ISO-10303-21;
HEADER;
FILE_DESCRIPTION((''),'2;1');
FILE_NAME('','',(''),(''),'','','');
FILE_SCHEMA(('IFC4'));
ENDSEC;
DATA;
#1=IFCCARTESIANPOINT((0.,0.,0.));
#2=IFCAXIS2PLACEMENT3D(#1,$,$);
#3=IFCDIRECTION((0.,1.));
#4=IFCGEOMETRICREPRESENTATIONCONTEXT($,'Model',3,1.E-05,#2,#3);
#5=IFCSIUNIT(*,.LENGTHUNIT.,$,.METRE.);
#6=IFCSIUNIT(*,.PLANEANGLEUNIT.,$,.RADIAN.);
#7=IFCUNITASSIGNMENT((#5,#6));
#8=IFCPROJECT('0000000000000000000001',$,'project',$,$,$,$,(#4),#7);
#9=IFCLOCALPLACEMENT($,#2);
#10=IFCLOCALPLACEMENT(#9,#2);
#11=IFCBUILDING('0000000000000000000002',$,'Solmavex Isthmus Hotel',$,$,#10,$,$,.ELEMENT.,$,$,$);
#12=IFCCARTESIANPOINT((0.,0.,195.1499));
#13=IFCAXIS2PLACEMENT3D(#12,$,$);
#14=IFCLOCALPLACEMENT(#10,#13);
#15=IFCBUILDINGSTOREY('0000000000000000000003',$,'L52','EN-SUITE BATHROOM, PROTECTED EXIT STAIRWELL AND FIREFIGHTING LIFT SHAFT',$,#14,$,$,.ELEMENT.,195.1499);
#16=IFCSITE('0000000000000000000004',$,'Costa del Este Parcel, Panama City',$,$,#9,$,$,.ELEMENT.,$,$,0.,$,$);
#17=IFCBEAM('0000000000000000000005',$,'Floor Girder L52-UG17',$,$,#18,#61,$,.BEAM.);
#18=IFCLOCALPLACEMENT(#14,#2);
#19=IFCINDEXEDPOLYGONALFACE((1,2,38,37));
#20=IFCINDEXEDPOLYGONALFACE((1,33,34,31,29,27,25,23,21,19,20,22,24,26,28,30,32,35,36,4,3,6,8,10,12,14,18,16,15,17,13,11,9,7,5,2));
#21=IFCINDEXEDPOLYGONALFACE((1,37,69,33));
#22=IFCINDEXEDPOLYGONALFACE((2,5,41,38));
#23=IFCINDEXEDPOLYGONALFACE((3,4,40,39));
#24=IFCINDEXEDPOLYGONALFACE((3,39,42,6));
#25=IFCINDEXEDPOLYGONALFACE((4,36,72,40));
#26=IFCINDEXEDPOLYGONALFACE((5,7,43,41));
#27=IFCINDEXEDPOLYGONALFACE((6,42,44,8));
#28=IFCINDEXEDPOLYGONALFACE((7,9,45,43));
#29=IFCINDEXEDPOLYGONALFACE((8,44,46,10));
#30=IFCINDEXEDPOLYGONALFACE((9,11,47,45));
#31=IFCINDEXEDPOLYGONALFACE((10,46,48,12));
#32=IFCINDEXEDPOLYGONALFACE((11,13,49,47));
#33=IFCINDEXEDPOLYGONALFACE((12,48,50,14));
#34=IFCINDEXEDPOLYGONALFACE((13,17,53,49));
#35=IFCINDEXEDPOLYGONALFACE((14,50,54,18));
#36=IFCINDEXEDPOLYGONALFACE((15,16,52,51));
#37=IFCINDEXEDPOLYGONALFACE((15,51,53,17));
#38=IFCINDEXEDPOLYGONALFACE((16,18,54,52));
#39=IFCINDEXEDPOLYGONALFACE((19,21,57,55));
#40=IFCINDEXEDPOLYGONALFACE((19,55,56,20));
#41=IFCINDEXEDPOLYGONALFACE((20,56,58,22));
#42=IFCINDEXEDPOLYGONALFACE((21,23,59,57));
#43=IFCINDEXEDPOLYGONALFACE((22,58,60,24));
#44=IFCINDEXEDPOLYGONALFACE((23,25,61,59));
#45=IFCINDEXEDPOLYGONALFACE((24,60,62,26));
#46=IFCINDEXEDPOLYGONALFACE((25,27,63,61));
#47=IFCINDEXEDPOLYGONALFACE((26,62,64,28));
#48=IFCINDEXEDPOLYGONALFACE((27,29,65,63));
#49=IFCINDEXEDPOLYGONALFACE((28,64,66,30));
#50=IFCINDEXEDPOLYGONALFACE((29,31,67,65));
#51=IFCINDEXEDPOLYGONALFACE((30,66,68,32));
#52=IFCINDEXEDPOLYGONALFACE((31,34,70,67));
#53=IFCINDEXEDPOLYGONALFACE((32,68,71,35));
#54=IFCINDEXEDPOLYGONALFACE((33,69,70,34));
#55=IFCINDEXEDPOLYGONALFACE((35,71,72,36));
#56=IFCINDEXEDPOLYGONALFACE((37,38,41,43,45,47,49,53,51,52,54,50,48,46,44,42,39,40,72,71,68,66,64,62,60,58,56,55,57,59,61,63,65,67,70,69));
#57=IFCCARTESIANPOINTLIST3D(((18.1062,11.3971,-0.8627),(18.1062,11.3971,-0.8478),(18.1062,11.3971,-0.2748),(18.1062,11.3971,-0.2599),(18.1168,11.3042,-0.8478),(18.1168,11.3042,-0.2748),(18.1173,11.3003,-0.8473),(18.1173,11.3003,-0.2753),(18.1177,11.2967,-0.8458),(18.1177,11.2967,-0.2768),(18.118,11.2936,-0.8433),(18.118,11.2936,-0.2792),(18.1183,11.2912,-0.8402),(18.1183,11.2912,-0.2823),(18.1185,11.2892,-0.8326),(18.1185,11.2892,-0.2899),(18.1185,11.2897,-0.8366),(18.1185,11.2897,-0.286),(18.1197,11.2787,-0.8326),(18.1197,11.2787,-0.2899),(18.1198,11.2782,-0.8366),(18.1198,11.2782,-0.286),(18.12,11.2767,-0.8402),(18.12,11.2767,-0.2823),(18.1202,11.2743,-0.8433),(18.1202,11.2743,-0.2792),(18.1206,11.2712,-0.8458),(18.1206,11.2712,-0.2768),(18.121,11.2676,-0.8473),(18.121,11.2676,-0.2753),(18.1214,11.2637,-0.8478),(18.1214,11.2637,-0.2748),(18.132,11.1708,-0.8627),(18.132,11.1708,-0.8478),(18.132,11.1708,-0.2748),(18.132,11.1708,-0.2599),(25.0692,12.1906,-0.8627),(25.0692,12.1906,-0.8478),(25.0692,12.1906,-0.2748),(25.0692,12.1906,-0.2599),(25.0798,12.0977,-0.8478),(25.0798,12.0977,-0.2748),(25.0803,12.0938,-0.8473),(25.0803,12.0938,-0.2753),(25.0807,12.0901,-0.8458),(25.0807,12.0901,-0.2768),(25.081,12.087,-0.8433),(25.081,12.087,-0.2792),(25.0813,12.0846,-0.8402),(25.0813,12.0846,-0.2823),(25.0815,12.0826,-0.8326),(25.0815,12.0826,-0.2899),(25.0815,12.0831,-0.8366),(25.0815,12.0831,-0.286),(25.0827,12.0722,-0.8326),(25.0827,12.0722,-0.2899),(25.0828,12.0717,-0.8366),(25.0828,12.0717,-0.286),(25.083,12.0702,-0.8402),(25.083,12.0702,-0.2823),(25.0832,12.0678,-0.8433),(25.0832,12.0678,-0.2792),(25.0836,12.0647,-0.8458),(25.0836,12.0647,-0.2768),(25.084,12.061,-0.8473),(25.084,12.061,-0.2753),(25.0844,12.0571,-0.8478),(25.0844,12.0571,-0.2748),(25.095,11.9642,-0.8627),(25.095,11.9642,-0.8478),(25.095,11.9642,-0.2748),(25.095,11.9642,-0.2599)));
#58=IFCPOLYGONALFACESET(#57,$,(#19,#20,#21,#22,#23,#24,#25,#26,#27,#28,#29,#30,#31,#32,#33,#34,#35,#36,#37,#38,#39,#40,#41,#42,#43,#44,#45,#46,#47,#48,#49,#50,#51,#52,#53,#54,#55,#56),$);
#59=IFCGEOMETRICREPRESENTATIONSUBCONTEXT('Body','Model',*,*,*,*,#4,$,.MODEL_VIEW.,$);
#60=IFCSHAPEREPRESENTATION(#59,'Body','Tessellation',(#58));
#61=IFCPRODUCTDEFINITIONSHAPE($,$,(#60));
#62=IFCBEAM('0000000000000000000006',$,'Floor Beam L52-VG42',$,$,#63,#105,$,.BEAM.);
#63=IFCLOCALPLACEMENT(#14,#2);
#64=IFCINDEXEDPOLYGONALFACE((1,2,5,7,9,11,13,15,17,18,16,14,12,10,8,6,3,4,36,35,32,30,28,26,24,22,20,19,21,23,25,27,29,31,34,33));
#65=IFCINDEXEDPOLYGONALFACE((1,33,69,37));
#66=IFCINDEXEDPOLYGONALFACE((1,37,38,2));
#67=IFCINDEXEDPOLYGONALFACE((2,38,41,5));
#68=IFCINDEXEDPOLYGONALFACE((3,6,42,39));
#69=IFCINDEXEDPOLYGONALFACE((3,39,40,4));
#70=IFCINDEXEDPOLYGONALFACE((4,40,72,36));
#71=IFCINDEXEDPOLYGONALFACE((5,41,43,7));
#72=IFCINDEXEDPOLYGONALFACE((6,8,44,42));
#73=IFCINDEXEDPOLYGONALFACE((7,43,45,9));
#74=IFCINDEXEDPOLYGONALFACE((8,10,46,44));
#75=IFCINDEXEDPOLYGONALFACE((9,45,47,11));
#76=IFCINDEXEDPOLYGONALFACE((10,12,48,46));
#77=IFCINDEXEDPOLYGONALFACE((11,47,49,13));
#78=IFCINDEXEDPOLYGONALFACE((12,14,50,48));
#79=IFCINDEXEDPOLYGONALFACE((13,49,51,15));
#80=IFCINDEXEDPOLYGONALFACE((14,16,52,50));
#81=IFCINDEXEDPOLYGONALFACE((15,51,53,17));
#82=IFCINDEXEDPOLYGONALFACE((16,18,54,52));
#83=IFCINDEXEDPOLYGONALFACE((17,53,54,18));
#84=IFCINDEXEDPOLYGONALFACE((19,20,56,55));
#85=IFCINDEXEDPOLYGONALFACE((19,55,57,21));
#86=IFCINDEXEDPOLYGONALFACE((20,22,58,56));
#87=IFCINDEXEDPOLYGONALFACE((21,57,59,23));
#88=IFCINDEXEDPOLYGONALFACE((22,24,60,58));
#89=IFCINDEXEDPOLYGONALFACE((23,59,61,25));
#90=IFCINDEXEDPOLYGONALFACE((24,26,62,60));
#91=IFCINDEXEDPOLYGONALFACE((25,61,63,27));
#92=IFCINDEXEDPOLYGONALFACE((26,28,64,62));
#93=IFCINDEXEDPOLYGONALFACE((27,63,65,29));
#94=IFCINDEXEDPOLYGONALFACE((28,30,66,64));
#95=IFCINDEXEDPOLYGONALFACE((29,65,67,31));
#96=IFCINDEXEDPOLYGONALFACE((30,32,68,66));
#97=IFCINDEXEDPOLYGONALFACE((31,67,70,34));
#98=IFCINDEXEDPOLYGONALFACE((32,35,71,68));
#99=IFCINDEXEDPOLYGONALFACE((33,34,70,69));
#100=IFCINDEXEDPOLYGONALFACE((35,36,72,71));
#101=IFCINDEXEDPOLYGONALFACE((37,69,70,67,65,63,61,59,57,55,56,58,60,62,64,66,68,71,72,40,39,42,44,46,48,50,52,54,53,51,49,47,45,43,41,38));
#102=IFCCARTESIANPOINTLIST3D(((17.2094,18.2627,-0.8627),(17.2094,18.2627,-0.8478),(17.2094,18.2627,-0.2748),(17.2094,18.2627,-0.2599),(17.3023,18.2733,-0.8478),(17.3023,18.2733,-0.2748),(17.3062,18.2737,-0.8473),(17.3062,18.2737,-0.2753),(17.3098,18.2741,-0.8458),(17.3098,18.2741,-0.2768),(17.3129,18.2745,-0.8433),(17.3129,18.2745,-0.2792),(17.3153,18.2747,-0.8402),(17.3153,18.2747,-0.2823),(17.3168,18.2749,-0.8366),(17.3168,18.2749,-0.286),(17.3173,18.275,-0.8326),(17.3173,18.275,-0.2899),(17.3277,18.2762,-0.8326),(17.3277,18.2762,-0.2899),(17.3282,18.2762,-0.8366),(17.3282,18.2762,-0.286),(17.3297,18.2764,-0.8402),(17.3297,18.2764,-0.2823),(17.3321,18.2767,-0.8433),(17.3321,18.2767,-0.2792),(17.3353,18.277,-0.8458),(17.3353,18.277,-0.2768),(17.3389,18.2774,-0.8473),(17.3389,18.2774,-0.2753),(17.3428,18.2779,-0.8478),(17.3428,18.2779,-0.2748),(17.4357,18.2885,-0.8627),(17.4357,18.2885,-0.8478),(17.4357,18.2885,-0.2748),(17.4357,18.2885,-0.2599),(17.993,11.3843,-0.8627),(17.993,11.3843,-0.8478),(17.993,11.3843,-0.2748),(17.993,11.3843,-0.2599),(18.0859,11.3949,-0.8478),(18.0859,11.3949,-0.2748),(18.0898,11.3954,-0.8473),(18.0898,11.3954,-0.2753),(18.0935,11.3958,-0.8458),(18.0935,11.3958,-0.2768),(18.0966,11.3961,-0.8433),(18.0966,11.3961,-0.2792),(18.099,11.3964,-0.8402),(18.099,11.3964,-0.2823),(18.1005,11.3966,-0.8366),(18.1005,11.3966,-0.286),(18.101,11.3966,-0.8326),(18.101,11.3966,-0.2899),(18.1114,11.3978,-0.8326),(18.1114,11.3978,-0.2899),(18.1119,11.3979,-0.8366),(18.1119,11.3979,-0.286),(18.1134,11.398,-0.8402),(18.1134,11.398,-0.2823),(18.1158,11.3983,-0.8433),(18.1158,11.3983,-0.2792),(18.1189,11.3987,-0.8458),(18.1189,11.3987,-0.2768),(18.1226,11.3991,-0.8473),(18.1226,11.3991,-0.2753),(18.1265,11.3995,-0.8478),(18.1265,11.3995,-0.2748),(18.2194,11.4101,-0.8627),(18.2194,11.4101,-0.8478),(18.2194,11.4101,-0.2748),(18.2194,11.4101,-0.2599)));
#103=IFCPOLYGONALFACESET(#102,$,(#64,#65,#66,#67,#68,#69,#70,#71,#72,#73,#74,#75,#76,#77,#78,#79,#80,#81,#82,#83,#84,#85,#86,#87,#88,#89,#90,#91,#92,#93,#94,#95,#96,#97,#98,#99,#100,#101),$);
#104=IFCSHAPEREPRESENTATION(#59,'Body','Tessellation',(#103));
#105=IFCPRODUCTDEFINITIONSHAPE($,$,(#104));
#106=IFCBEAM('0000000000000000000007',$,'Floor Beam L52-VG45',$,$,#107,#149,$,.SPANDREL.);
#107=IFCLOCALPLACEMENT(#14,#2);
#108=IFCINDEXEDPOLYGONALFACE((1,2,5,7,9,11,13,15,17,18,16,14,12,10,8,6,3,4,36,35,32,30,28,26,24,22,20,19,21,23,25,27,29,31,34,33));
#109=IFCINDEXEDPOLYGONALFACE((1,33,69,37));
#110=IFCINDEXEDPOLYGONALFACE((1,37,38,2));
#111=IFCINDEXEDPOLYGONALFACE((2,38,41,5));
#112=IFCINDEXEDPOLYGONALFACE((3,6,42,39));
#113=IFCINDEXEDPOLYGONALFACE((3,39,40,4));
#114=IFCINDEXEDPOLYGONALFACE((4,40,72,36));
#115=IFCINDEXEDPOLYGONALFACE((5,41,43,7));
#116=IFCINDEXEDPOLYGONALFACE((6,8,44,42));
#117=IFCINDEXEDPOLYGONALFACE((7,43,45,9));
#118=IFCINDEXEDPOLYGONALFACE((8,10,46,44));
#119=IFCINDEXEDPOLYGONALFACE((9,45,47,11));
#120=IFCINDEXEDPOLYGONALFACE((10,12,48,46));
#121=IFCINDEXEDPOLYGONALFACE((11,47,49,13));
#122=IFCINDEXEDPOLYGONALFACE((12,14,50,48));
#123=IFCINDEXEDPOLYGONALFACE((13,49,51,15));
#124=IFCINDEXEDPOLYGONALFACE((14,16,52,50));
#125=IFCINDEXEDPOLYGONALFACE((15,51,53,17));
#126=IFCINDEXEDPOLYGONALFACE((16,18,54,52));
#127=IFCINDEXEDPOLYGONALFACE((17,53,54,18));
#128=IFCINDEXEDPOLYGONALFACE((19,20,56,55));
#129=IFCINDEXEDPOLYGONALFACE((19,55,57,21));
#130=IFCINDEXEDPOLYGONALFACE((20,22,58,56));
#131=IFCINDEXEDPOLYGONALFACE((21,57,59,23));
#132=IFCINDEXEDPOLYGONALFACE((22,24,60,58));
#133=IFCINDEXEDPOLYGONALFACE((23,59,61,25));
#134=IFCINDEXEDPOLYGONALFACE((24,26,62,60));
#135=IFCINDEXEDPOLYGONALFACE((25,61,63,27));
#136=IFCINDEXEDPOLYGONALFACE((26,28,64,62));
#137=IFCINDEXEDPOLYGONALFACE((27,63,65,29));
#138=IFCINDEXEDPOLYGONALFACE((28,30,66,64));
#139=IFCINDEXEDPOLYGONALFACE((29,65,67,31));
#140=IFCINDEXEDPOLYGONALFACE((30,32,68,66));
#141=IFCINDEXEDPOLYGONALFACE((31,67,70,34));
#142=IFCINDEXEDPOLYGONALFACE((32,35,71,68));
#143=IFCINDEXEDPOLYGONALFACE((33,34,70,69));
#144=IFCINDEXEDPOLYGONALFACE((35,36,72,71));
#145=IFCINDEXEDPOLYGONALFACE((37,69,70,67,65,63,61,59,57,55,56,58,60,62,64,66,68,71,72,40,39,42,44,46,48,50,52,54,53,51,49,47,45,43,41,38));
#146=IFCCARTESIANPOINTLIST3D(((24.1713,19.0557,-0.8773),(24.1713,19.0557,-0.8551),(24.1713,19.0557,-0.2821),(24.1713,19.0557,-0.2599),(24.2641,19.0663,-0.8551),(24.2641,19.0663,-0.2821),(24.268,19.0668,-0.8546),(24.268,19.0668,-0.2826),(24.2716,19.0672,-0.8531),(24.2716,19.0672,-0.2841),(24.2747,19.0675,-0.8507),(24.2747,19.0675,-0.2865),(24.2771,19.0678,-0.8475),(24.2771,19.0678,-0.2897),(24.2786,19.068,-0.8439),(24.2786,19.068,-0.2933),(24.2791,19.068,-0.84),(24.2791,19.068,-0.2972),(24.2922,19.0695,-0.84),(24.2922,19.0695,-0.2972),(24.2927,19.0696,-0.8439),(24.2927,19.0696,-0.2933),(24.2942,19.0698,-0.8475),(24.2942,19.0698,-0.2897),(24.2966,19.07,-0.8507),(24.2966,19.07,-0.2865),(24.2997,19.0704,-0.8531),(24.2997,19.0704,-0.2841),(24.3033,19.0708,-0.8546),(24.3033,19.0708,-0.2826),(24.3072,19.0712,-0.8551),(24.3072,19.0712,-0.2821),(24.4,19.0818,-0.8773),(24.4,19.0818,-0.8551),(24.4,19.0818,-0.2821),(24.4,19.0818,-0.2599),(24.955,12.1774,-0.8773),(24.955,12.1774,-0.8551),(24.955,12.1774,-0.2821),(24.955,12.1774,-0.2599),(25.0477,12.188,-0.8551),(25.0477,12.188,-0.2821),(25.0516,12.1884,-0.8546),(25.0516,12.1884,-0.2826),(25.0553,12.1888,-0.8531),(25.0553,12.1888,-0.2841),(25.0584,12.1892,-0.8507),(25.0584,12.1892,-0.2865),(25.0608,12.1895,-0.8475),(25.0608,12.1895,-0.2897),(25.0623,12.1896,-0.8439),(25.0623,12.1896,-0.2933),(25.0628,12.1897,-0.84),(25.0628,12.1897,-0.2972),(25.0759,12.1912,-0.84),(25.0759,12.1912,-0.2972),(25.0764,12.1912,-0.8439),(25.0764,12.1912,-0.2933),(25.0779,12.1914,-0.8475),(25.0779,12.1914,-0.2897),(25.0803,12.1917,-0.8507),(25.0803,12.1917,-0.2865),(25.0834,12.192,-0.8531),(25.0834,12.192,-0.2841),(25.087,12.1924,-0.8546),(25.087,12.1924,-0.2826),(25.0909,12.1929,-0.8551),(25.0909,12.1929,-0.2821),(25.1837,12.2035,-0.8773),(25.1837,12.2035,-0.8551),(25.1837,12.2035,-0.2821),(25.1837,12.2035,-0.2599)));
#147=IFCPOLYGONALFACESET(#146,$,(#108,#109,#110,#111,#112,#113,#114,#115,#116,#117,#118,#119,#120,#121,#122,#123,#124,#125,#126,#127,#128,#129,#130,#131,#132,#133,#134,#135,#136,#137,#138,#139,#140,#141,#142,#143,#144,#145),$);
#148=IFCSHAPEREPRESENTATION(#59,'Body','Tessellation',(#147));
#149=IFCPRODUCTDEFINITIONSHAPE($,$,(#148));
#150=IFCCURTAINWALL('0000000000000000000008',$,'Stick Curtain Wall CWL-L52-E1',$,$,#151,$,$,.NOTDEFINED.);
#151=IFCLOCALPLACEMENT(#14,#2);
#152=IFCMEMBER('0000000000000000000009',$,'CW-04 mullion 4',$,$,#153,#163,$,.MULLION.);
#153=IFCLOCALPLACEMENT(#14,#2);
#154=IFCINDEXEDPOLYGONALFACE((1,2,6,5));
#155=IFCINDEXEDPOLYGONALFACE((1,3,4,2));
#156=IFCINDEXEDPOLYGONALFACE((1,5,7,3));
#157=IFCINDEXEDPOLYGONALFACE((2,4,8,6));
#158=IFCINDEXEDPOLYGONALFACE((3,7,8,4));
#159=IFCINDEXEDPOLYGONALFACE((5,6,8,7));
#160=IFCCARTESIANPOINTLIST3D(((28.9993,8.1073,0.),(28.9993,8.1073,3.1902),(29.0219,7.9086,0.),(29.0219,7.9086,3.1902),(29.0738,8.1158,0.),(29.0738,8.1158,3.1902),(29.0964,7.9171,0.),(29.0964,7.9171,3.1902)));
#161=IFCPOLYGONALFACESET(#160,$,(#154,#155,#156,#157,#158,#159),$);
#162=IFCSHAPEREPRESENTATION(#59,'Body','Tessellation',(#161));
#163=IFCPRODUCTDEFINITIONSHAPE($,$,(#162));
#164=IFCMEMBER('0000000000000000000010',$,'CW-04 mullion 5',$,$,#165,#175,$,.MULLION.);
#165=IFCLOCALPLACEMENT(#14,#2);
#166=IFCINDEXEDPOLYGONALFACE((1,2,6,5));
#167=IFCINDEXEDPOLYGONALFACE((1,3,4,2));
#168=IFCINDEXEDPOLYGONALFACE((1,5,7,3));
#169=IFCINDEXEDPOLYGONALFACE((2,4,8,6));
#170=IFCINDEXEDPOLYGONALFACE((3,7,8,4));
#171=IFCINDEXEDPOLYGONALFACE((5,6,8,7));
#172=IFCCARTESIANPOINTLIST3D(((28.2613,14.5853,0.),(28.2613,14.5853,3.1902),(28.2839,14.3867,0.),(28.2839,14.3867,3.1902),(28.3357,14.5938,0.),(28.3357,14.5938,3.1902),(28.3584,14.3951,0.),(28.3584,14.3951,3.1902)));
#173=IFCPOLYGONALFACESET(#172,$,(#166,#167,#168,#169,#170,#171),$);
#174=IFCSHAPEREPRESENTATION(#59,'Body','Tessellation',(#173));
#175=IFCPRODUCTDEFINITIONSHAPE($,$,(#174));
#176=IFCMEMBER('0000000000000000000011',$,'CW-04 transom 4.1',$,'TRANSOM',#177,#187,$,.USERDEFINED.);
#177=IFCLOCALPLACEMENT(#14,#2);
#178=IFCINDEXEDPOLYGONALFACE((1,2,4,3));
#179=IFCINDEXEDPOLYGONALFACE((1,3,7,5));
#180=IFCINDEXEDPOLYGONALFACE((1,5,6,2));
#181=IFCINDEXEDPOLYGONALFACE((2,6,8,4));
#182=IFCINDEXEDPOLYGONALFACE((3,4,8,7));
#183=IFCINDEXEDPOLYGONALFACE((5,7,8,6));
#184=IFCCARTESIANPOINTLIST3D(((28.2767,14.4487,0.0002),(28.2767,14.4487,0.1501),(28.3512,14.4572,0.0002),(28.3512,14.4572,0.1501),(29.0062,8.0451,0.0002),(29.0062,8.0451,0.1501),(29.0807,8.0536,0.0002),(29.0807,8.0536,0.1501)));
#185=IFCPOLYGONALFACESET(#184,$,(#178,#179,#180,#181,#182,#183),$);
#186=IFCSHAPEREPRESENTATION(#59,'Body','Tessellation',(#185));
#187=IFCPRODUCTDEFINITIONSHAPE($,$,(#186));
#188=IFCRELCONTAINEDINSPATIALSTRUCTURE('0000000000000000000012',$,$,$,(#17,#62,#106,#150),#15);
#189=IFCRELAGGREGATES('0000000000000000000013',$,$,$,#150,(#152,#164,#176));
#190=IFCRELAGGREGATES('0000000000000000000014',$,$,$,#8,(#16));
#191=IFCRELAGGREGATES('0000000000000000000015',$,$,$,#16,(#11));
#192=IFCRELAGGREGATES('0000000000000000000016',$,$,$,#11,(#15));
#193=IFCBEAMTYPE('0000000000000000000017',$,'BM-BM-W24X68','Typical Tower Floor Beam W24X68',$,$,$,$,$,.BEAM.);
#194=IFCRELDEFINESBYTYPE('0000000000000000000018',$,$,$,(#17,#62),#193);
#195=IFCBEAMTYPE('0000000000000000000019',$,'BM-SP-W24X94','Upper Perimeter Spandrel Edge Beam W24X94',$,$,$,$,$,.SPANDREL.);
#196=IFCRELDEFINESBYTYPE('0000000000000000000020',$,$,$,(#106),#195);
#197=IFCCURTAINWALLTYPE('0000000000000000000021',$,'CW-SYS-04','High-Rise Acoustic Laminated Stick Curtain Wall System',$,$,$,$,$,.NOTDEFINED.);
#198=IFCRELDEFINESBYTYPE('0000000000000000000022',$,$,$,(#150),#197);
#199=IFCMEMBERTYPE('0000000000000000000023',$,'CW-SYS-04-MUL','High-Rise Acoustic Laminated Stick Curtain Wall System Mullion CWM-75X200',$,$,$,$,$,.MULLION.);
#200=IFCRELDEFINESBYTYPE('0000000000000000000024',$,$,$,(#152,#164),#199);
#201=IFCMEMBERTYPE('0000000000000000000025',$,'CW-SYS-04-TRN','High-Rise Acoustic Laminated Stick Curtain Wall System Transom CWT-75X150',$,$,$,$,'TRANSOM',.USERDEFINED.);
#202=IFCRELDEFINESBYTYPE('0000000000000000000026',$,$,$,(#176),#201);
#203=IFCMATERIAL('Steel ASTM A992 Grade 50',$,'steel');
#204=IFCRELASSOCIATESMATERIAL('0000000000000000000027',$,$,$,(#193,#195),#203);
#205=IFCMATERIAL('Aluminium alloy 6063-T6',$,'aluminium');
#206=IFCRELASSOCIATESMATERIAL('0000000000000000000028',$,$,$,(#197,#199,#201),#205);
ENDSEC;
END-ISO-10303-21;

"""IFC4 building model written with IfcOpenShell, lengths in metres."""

from ifc_helpers import new_model, si_unit, direction, frame, origin, origin_2d, place, context, subcontext, project, spatial, rectangle, i_section, extrude, material, material_profile, profile_set, type_object, element, aggregate, save


model = new_model("IFC4")

# Units and contexts
model_context = context("Model", 3, precision=1e-05, world=origin(), true_north=direction((0.0, 1.0)))
body_context = subcontext(model_context, "Body", "Model", "MODEL_VIEW")
ifc_project = project(units=[si_unit("LENGTHUNIT", "METRE"), si_unit("PLANEANGLEUNIT", "RADIAN")], contexts=[model_context])

# Site, building, storey
site_placement = place(None, origin())
site = spatial("IfcSite", under=ifc_project, at=site_placement, Name="Costa del Este Parcel, Panama City", CompositionType="ELEMENT", RefElevation=0.0)
building_placement = place(site_placement, origin())
building = spatial("IfcBuilding", under=site, at=building_placement, Name="Solmavex Isthmus Hotel", CompositionType="ELEMENT")
storey_placement = place(building_placement, frame((0.0, 0.0, 195.1499)))
storey = spatial("IfcBuildingStorey", under=building, at=storey_placement, Name="L52", Description="EN-SUITE BATHROOM, PROTECTED EXIT STAIRWELL AND FIREFIGHTING LIFT SHAFT", CompositionType="ELEMENT", Elevation=195.1499)

# Beams
ifc_material_1 = material(Name="Steel ASTM A992 Grade 50", Category="steel")
ifc_material_profile_1 = material_profile(ifc_material_1, i_section(OverallWidth=0.2278, OverallDepth=0.6028, WebThickness=0.0105, FlangeThickness=0.0149, FilletRadius=0.0151, at=origin_2d()), Name="W24X68")
ifc_profile_set_1 = profile_set([ifc_material_profile_1], Name="Steel ASTM A992 Grade 50")
beam_type_1 = type_object("IfcBeamType", Name="BM-BM-W24X68", Description="Typical Tower Floor Beam W24X68", PredefinedType="BEAM", material=ifc_profile_set_1)
beam_1_placement = place(storey_placement, frame((18.1191, 11.2839, -0.5613), z_axis=(0.99357, 0.113222, 0.0), x_axis=(-0.113222, 0.99357, 0.0)))
element("IfcBeam", 1, at=beam_1_placement, inside=storey, type_object=beam_type_1, Name="Floor Girder L52-UG17", PredefinedType="BEAM", context=body_context, shape_type="SweptSolid", body=[
    extrude(i_section(OverallWidth=0.2278, OverallDepth=0.6028, WebThickness=0.0105, FlangeThickness=0.0149, FilletRadius=0.0151, at=origin_2d()), origin(), (0.0, 0.0, 1.0), 7.0081),
])
beam_2_placement = place(storey_placement, frame((18.1062, 11.3972, -0.5613), z_axis=(-0.113202, 0.993572, 0.0), x_axis=(-0.993572, -0.113202, 0.0)))
element("IfcBeam", 2, at=beam_2_placement, inside=storey, type_object=beam_type_1, Name="Floor Beam L52-VG42", PredefinedType="BEAM", context=body_context, shape_type="SweptSolid", body=[
    extrude(i_section(OverallWidth=0.2278, OverallDepth=0.6028, WebThickness=0.0105, FlangeThickness=0.0149, FilletRadius=0.0151, at=origin_2d()), origin(), (0.0, 0.0, 1.0), 6.9229),
])
ifc_material_profile_2 = material_profile(ifc_material_1, i_section(OverallWidth=0.2302, OverallDepth=0.6174, WebThickness=0.0132, FlangeThickness=0.0222, FilletRadius=0.0151, at=origin_2d()), Name="W24X94")
ifc_profile_set_2 = profile_set([ifc_material_profile_2], Name="Steel ASTM A992 Grade 50")
beam_type_2 = type_object("IfcBeamType", Name="BM-SP-W24X94", Description="Upper Perimeter Spandrel Edge Beam W24X94", PredefinedType="SPANDREL", material=ifc_profile_set_2)
beam_3_placement = place(storey_placement, frame((25.0693, 12.1904, -0.5686), z_axis=(-0.113202, 0.993572, 0.0), x_axis=(-0.993572, -0.113202, 0.0)))
element("IfcBeam", 3, at=beam_3_placement, inside=storey, type_object=beam_type_2, Name="Floor Beam L52-VG45", PredefinedType="SPANDREL", context=body_context, shape_type="SweptSolid", body=[
    extrude(i_section(OverallWidth=0.2302, OverallDepth=0.6174, WebThickness=0.0132, FlangeThickness=0.0222, FilletRadius=0.0151, at=origin_2d()), origin(), (0.0, 0.0, 1.0), 6.9229),
])

# Curtain wall, members
ifc_material_2 = material(Name="Aluminium alloy 6063-T6", Category="aluminium")
curtain_wall_type = type_object("IfcCurtainWallType", Name="CW-SYS-04", Description="High-Rise Acoustic Laminated Stick Curtain Wall System", PredefinedType="NOTDEFINED", material=ifc_material_2)
curtain_wall_placement = place(storey_placement, origin())
curtain_wall = element("IfcCurtainWall", 4, at=curtain_wall_placement, inside=storey, type_object=curtain_wall_type, Name="Stick Curtain Wall CWL-L52-E1", PredefinedType="NOTDEFINED")
ifc_material_profile_3 = material_profile(ifc_material_2, rectangle(XDim=0.075, YDim=0.2, at=origin_2d()), Name="CWM-75X200")
ifc_profile_set_3 = profile_set([ifc_material_profile_3], Name="Aluminium alloy 6063-T6")
member_type_1 = type_object("IfcMemberType", Name="CW-SYS-04-MUL", Description="High-Rise Acoustic Laminated Stick Curtain Wall System Mullion CWM-75X200", PredefinedType="MULLION", material=ifc_profile_set_3)
member_1_placement = place(storey_placement, frame((29.0479, 8.0122, 0.0), z_axis=(0.0, 0.0, 1.0), x_axis=(-0.993572, -0.113203, 0.0)))
member_1 = element("IfcMember", 5, at=member_1_placement, type_object=member_type_1, Name="CW-04 mullion 4", PredefinedType="MULLION", context=body_context, shape_type="SweptSolid", body=[
    extrude(rectangle(XDim=0.075, YDim=0.2, at=origin_2d()), origin(), (0.0, 0.0, 1.0), 3.1902),
])
member_2_placement = place(storey_placement, frame((28.3098, 14.4902, 0.0), z_axis=(0.0, 0.0, 1.0), x_axis=(-0.993572, -0.113203, 0.0)))
member_2 = element("IfcMember", 6, at=member_2_placement, type_object=member_type_1, Name="CW-04 mullion 5", PredefinedType="MULLION", context=body_context, shape_type="SweptSolid", body=[
    extrude(rectangle(XDim=0.075, YDim=0.2, at=origin_2d()), origin(), (0.0, 0.0, 1.0), 3.1902),
])
ifc_material_profile_4 = material_profile(ifc_material_2, rectangle(XDim=0.075, YDim=0.1499, at=origin_2d()), Name="CWT-75X150")
ifc_profile_set_4 = profile_set([ifc_material_profile_4], Name="Aluminium alloy 6063-T6")
member_type_2 = type_object("IfcMemberType", Name="CW-SYS-04-TRN", Description="High-Rise Acoustic Laminated Stick Curtain Wall System Transom CWT-75X150", ElementType="TRANSOM", PredefinedType="USERDEFINED", material=ifc_profile_set_4)
member_3_placement = place(storey_placement, frame((29.0435, 8.0493, 0.0752), z_axis=(-0.113188, 0.993574, 0.0), x_axis=(-0.993574, -0.113188, 0.0)))
member_3 = element("IfcMember", 7, at=member_3_placement, type_object=member_type_2, Name="CW-04 transom 4.1", ObjectType="TRANSOM", PredefinedType="USERDEFINED", context=body_context, shape_type="SweptSolid", body=[
    extrude(rectangle(XDim=0.075, YDim=0.1499, at=origin_2d()), origin(), (0.0, 0.0, 1.0), 6.4451),
])
aggregate(curtain_wall, [member_1, member_2, member_3])

save(model, "model.ifc")
